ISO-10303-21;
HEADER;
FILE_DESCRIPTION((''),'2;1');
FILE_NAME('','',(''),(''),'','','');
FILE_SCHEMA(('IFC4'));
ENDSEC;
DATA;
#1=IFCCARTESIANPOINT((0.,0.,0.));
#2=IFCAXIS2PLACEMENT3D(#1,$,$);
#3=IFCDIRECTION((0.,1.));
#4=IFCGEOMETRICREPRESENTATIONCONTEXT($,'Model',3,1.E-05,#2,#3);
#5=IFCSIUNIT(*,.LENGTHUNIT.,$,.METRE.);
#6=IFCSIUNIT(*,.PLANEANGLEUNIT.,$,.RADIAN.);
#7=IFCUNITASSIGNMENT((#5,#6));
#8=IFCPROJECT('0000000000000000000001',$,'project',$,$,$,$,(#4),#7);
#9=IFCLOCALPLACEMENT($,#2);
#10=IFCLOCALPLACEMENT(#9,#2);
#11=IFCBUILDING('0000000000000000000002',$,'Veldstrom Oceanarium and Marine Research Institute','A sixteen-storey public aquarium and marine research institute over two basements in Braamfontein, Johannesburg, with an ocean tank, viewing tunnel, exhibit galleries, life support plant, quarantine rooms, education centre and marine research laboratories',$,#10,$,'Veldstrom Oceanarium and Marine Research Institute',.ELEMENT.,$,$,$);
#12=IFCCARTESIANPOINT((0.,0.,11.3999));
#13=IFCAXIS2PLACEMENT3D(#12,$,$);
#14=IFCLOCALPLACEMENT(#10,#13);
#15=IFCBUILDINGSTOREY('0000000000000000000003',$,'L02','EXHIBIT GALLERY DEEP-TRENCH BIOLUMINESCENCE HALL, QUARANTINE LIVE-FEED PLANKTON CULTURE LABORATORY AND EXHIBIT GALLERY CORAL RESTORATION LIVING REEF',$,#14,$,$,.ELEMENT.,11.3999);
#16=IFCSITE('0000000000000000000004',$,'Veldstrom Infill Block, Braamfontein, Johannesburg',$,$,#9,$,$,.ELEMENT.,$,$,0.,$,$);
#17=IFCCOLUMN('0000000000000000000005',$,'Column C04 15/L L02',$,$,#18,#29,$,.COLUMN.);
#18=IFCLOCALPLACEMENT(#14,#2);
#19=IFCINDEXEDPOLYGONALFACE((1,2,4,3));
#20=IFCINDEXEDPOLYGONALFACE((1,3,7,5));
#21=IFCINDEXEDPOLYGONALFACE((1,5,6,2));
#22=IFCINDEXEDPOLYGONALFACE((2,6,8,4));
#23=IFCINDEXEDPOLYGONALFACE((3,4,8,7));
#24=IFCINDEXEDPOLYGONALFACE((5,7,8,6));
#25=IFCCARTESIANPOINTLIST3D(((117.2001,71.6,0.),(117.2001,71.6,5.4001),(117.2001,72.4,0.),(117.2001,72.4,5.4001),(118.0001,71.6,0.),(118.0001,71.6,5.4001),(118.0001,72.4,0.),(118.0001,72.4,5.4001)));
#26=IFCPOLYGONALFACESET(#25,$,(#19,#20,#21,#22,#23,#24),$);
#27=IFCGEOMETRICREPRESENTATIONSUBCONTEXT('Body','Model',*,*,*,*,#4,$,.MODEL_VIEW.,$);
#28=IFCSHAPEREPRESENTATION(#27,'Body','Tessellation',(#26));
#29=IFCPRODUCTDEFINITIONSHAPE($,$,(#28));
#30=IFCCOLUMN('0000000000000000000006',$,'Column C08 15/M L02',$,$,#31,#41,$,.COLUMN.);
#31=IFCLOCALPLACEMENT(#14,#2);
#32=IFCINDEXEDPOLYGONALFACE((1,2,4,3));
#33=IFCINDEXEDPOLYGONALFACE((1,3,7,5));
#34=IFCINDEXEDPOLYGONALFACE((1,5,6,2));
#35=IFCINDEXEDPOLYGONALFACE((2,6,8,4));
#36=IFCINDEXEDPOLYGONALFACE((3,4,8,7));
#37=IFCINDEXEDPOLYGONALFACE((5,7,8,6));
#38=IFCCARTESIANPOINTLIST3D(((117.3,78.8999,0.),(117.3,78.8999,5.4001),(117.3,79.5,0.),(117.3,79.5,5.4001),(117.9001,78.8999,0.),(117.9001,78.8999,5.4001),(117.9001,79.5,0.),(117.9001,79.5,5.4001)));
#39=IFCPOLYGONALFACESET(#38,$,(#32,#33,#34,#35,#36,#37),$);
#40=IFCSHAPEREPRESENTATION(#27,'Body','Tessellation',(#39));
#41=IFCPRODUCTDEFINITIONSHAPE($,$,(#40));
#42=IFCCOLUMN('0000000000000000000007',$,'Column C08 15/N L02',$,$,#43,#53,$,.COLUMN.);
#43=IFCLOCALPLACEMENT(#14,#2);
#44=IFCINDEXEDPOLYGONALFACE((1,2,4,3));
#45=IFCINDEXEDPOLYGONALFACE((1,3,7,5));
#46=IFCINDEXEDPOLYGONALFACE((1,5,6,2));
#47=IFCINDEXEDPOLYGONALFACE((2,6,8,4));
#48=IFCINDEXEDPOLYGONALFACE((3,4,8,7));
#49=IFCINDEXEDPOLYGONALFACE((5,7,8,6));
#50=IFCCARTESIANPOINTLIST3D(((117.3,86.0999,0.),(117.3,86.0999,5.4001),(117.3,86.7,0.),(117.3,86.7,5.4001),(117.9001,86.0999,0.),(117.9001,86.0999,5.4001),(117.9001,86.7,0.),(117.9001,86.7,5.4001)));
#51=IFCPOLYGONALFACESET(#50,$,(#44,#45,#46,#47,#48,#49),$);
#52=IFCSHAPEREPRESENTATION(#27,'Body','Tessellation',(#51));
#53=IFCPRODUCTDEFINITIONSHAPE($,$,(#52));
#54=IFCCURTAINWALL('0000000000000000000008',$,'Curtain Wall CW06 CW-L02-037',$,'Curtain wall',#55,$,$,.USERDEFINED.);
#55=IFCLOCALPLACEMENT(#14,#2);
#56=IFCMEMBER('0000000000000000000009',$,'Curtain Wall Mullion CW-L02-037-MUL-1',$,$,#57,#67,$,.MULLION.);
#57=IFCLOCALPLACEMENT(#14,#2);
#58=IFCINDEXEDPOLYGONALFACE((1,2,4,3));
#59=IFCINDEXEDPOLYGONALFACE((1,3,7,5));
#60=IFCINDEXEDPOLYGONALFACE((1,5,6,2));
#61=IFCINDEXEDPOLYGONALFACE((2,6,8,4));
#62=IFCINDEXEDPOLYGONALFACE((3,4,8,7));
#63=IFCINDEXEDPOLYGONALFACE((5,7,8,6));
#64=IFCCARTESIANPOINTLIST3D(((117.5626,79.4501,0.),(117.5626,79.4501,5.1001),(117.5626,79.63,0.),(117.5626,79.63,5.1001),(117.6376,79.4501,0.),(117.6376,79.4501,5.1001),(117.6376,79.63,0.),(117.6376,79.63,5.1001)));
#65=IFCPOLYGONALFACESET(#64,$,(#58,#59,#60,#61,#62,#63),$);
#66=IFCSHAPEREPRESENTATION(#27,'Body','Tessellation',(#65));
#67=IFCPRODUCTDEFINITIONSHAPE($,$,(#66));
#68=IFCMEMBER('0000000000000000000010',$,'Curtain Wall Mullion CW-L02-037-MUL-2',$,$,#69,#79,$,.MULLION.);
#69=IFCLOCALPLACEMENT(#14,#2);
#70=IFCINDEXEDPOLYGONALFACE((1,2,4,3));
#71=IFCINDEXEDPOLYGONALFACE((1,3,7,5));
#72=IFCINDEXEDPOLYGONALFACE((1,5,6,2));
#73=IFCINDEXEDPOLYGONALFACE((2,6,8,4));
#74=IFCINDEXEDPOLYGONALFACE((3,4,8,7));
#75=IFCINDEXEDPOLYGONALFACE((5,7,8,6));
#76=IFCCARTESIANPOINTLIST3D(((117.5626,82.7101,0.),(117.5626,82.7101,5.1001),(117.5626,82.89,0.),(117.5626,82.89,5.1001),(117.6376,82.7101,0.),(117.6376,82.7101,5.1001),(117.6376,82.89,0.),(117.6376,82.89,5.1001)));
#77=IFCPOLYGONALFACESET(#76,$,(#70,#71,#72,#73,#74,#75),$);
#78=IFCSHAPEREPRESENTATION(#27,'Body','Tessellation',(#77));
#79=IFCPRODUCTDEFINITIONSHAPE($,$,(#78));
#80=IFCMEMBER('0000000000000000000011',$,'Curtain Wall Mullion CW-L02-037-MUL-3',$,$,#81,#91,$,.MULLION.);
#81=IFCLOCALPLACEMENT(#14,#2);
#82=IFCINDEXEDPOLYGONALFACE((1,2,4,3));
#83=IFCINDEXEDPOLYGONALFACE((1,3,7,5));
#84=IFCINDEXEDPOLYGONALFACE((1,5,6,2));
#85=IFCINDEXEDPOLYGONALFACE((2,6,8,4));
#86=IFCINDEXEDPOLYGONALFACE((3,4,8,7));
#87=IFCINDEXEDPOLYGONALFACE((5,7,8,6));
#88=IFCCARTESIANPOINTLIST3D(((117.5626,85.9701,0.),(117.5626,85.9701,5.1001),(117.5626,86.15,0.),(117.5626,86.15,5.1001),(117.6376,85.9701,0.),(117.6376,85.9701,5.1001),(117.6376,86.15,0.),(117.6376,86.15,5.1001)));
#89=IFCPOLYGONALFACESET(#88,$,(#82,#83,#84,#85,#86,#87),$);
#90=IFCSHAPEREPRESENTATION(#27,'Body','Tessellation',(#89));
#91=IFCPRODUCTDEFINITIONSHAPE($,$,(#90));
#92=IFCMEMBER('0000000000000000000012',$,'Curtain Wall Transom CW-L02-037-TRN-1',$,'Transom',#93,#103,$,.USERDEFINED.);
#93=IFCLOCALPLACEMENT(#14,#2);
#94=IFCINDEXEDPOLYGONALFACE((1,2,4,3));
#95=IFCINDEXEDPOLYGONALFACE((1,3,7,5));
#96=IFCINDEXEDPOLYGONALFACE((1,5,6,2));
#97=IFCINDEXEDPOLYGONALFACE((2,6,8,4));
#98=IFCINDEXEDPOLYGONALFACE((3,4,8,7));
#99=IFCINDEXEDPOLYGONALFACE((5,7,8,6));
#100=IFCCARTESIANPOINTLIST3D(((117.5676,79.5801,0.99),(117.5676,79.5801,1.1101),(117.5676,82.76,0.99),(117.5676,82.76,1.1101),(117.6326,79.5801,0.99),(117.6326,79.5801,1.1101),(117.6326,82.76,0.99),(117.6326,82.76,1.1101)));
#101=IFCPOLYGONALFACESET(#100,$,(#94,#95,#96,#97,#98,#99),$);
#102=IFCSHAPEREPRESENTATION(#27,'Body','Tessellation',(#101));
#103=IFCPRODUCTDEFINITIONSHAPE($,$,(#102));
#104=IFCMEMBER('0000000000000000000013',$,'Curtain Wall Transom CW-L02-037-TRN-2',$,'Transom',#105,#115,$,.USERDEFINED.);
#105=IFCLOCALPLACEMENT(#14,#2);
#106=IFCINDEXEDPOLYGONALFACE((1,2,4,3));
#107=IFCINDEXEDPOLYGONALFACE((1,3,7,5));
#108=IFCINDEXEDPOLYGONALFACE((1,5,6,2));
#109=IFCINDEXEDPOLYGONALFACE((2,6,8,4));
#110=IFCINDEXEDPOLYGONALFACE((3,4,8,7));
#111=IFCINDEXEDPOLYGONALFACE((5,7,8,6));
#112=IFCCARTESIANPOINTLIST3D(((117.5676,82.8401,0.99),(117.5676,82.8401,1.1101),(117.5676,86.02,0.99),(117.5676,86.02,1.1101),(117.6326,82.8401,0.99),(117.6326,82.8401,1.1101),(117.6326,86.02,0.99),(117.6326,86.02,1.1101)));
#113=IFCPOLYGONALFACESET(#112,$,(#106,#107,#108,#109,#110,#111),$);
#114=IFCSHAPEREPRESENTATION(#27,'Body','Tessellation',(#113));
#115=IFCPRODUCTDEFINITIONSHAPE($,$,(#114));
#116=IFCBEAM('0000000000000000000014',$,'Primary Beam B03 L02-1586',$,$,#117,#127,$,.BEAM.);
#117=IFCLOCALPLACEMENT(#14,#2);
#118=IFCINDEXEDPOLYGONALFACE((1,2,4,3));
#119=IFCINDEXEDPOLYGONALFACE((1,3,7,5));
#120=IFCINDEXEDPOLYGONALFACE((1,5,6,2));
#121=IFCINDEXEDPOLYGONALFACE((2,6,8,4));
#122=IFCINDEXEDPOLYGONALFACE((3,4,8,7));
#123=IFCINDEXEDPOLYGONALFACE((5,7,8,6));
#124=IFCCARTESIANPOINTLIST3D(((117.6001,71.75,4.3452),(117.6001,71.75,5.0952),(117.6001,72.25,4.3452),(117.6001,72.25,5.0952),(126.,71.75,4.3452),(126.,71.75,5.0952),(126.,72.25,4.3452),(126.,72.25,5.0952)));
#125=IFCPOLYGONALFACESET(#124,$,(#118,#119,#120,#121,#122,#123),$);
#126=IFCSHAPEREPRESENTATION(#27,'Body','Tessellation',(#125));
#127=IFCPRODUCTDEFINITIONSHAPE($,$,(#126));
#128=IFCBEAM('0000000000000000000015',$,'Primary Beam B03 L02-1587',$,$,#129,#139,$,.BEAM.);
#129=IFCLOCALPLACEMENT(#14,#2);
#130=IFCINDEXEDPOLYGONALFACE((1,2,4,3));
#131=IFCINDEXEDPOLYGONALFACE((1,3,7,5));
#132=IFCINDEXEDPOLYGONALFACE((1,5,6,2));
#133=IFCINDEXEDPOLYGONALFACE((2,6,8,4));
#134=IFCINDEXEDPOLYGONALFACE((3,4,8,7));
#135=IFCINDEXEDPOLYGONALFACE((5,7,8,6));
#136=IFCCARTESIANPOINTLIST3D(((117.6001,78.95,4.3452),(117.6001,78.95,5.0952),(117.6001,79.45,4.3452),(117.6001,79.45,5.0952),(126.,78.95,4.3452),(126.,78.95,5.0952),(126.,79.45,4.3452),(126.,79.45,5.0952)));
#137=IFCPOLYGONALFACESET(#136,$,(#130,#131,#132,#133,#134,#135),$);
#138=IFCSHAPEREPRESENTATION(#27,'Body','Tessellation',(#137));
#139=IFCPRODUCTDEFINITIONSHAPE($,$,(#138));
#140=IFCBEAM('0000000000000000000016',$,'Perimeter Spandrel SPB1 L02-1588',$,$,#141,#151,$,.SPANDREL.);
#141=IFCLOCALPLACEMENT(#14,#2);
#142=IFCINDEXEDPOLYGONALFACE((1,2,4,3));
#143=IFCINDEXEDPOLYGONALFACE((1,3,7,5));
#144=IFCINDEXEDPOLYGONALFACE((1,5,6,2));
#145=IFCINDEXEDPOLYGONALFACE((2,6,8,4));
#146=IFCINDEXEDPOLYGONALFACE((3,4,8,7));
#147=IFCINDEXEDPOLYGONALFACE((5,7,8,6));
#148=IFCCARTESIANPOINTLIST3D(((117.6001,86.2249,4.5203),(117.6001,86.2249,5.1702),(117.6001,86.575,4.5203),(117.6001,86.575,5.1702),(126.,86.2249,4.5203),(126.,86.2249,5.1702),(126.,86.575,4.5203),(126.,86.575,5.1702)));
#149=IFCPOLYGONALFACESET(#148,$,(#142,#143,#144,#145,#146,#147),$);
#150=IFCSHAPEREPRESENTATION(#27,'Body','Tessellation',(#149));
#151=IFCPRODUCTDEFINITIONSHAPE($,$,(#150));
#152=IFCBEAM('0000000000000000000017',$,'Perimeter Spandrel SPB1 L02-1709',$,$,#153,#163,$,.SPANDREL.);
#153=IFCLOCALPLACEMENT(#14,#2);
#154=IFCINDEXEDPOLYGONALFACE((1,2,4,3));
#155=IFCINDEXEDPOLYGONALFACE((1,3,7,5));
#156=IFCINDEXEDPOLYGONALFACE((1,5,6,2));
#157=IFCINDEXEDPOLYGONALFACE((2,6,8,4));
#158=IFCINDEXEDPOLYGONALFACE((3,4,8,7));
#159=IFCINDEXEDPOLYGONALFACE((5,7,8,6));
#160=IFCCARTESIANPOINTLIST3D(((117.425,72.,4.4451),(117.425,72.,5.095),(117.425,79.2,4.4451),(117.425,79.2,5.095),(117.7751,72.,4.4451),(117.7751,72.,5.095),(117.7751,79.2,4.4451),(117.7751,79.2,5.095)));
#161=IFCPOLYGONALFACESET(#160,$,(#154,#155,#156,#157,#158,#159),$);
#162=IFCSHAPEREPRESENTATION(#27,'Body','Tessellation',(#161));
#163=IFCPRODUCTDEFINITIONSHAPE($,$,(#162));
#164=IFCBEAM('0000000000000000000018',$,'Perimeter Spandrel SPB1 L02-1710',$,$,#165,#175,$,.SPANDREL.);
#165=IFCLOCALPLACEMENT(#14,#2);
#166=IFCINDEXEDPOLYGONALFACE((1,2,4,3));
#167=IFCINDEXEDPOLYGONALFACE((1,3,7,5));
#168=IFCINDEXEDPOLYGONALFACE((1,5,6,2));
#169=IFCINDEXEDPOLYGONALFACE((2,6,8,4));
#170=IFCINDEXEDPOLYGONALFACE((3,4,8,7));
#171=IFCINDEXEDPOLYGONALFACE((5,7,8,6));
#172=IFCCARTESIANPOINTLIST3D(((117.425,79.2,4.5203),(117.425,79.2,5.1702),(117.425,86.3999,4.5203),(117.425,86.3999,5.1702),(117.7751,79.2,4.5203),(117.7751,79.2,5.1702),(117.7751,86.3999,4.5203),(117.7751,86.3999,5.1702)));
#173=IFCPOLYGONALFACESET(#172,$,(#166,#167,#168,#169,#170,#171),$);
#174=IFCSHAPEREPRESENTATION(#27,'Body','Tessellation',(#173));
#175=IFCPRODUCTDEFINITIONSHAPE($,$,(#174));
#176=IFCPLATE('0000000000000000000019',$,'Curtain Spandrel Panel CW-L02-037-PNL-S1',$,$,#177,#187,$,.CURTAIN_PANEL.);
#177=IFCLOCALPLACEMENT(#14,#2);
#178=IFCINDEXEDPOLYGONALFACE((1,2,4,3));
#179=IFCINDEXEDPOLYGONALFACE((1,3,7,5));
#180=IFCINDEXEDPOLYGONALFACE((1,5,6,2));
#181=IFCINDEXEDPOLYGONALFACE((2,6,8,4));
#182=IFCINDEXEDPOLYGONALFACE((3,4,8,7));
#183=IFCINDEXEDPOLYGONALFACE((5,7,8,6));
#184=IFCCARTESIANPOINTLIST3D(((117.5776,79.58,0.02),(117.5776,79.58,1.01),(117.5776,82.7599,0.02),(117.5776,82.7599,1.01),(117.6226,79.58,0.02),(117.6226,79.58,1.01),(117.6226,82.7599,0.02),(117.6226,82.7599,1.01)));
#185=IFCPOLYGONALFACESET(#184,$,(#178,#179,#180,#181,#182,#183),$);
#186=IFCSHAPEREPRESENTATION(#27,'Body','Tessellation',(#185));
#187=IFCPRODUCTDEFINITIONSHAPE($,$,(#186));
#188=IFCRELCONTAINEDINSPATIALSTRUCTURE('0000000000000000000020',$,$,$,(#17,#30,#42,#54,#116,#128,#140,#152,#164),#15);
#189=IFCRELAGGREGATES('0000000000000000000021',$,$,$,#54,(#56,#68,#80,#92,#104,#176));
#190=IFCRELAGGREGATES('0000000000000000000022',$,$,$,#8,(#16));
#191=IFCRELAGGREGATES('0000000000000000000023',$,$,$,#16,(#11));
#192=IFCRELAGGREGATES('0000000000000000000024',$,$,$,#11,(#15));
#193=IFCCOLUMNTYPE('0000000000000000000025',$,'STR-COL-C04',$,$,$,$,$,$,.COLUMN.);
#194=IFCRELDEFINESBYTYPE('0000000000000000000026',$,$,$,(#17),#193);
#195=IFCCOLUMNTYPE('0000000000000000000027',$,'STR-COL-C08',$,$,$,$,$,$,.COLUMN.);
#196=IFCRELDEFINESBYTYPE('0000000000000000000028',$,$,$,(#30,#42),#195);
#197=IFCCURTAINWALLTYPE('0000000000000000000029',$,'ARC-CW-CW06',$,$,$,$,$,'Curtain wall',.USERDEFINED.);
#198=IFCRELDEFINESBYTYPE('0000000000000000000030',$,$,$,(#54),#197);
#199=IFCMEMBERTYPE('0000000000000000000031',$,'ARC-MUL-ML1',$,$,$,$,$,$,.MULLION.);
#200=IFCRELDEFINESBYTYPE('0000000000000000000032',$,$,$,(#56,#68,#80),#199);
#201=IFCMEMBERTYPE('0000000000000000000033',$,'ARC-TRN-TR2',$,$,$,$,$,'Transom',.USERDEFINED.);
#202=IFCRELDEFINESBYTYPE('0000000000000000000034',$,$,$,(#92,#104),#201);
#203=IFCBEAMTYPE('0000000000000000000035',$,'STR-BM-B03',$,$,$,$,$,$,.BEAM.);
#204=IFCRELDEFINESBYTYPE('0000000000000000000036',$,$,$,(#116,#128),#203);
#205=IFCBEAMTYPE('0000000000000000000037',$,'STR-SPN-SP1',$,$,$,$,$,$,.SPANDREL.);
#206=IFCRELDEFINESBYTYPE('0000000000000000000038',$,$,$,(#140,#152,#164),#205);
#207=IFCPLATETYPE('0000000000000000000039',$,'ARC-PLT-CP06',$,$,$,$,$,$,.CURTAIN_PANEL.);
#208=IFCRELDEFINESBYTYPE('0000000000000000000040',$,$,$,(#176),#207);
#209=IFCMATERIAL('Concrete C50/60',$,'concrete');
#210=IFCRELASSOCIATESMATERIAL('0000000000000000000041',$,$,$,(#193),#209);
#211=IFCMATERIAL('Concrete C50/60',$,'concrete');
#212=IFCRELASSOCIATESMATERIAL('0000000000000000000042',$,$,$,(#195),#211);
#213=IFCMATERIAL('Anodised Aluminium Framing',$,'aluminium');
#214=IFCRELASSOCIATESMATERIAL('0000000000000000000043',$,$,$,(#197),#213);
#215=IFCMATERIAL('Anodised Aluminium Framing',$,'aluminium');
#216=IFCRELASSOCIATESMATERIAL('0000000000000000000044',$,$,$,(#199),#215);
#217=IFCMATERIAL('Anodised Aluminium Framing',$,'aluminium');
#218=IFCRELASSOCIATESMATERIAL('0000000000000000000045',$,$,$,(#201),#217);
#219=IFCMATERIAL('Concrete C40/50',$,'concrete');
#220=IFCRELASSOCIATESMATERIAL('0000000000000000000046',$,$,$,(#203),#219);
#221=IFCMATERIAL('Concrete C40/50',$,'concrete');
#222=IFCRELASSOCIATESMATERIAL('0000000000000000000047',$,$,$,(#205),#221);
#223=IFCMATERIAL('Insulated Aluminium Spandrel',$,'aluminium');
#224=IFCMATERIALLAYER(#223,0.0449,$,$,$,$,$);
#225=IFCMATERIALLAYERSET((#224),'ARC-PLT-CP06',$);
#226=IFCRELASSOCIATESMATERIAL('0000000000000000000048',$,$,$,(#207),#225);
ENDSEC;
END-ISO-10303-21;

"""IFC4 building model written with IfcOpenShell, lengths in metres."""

from ifc_helpers import new_model, si_unit, direction, frame, origin, origin_2d, place, context, subcontext, project, spatial, rectangle, extrude, material, layer, layer_set, material_profile, profile_set, type_object, element, aggregate, save


model = new_model("IFC4")

# Units and contexts
model_context = context("Model", 3, precision=1e-05, world=origin(), true_north=direction((0.0, 1.0)))
body_context = subcontext(model_context, "Body", "Model", "MODEL_VIEW")
ifc_project = project(units=[si_unit("LENGTHUNIT", "METRE"), si_unit("PLANEANGLEUNIT", "RADIAN")], contexts=[model_context])

# Site, building, storey
site_placement = place(None, origin())
site = spatial("IfcSite", under=ifc_project, at=site_placement, Name="Veldstrom Infill Block, Braamfontein, Johannesburg", CompositionType="ELEMENT", RefElevation=0.0)
building_placement = place(site_placement, origin())
building = spatial("IfcBuilding", under=site, at=building_placement, Name="Veldstrom Oceanarium and Marine Research Institute", Description="A sixteen-storey public aquarium and marine research institute over two basements in Braamfontein, Johannesburg, with an ocean tank, viewing tunnel, exhibit galleries, life support plant, quarantine rooms, education centre and marine research laboratories", LongName="Veldstrom Oceanarium and Marine Research Institute", CompositionType="ELEMENT")
storey_placement = place(building_placement, frame((0.0, 0.0, 11.3999)))
storey = spatial("IfcBuildingStorey", under=building, at=storey_placement, Name="L02", Description="EXHIBIT GALLERY DEEP-TRENCH BIOLUMINESCENCE HALL, QUARANTINE LIVE-FEED PLANKTON CULTURE LABORATORY AND EXHIBIT GALLERY CORAL RESTORATION LIVING REEF", CompositionType="ELEMENT", Elevation=11.3999)

# Columns
ifc_material_1 = material(Name="Concrete C50/60", Category="concrete")
ifc_material_profile_1 = material_profile(ifc_material_1, rectangle(XDim=0.8, YDim=0.8, at=origin_2d()), Name="RC-COL-800x800")
ifc_profile_set_1 = profile_set([ifc_material_profile_1], Name="Concrete C50/60")
column_type_1 = type_object("IfcColumnType", Name="STR-COL-C04", PredefinedType="COLUMN", material=ifc_profile_set_1)
column_placement = place(storey_placement, frame((117.6001, 72.0, 0.0), z_axis=(0.0, 0.0, 1.0), x_axis=(1.0, 0.0, 0.0)))
element("IfcColumn", 1, at=column_placement, inside=storey, type_object=column_type_1, Name="Column C04 15/L L02", PredefinedType="COLUMN", context=body_context, shape_type="SweptSolid", body=[
    extrude(rectangle(XDim=0.8, YDim=0.8, at=origin_2d()), origin(), (0.0, 0.0, 1.0), 5.4001),
])
ifc_material_2 = material(Name="Concrete C50/60", Category="concrete")
ifc_material_profile_2 = material_profile(ifc_material_2, rectangle(XDim=0.6001, YDim=0.6001, at=origin_2d()), Name="RC-COL-600x600")
ifc_profile_set_2 = profile_set([ifc_material_profile_2], Name="Concrete C50/60")
column_type_2 = type_object("IfcColumnType", Name="STR-COL-C08", PredefinedType="COLUMN", material=ifc_profile_set_2)
for number, where, z_axis, x_axis, name in (
    (2, (117.6001, 79.2, 0.0), (0.0, 0.0, 1.0), (1.0, 0.0, 0.0), "Column C08 15/M L02"),
    (3, (117.6001, 86.3999, 0.0), (0.0, 0.0, 1.0), (1.0, 0.0, 0.0), "Column C08 15/N L02"),
):
    element("IfcColumn", number, at=place(storey_placement, frame(where, z_axis=z_axis, x_axis=x_axis)), inside=storey, type_object=column_type_2, Name=name, PredefinedType="COLUMN", context=body_context, shape_type="SweptSolid", body=[
        extrude(rectangle(XDim=0.6001, YDim=0.6001, at=origin_2d()), origin(), (0.0, 0.0, 1.0), 5.4001),
    ])

# Curtain wall, members
ifc_material_3 = material(Name="Anodised Aluminium Framing", Category="aluminium")
curtain_wall_type = type_object("IfcCurtainWallType", Name="ARC-CW-CW06", ElementType="Curtain wall", PredefinedType="USERDEFINED", material=ifc_material_3)
curtain_wall_placement = place(storey_placement, origin())
curtain_wall = element("IfcCurtainWall", 4, at=curtain_wall_placement, inside=storey, type_object=curtain_wall_type, Name="Curtain Wall CW06 CW-L02-037", ObjectType="Curtain wall", PredefinedType="USERDEFINED")
ifc_material_4 = material(Name="Anodised Aluminium Framing", Category="aluminium")
ifc_material_profile_3 = material_profile(ifc_material_4, rectangle(XDim=0.075, YDim=0.1799, at=origin_2d()), Name="ALU-MUL-75x180")
ifc_profile_set_3 = profile_set([ifc_material_profile_3], Name="Anodised Aluminium Framing")
member_type_1 = type_object("IfcMemberType", Name="ARC-MUL-ML1", PredefinedType="MULLION", material=ifc_profile_set_3)
member_1_placement = place(storey_placement, frame((117.6001, 79.54, 0.0), z_axis=(0.0, 0.0, 1.0), x_axis=(1.0, 0.0, 0.0)))
member_1 = element("IfcMember", 5, at=member_1_placement, type_object=member_type_1, Name="Curtain Wall Mullion CW-L02-037-MUL-1", PredefinedType="MULLION", context=body_context, shape_type="SweptSolid", body=[
    extrude(rectangle(XDim=0.075, YDim=0.1799, at=origin_2d()), origin(), (0.0, 0.0, 1.0), 5.1001),
])
member_2_placement = place(storey_placement, frame((117.6001, 82.8, 0.0), z_axis=(0.0, 0.0, 1.0), x_axis=(1.0, 0.0, 0.0)))
member_2 = element("IfcMember", 6, at=member_2_placement, type_object=member_type_1, Name="Curtain Wall Mullion CW-L02-037-MUL-2", PredefinedType="MULLION", context=body_context, shape_type="SweptSolid", body=[
    extrude(rectangle(XDim=0.075, YDim=0.1799, at=origin_2d()), origin(), (0.0, 0.0, 1.0), 5.1001),
])
member_3_placement = place(storey_placement, frame((117.6001, 86.0601, 0.0), z_axis=(0.0, 0.0, 1.0), x_axis=(1.0, 0.0, 0.0)))
member_3 = element("IfcMember", 7, at=member_3_placement, type_object=member_type_1, Name="Curtain Wall Mullion CW-L02-037-MUL-3", PredefinedType="MULLION", context=body_context, shape_type="SweptSolid", body=[
    extrude(rectangle(XDim=0.075, YDim=0.1799, at=origin_2d()), origin(), (0.0, 0.0, 1.0), 5.1001),
])
ifc_material_5 = material(Name="Anodised Aluminium Framing", Category="aluminium")
ifc_material_profile_4 = material_profile(ifc_material_5, rectangle(XDim=0.0649, YDim=0.1201, at=origin_2d()), Name="ALU-TRN-65x120")
ifc_profile_set_4 = profile_set([ifc_material_profile_4], Name="Anodised Aluminium Framing")
member_type_2 = type_object("IfcMemberType", Name="ARC-TRN-TR2", ElementType="Transom", PredefinedType="USERDEFINED", material=ifc_profile_set_4)
member_4_placement = place(storey_placement, frame((117.6001, 79.5801, 1.05), z_axis=(0.0, 1.0, 0.0), x_axis=(-1.0, 0.0, 0.0)))
member_4 = element("IfcMember", 8, at=member_4_placement, type_object=member_type_2, Name="Curtain Wall Transom CW-L02-037-TRN-1", ObjectType="Transom", PredefinedType="USERDEFINED", context=body_context, shape_type="SweptSolid", body=[
    extrude(rectangle(XDim=0.0649, YDim=0.1201, at=origin_2d()), origin(), (0.0, 0.0, 1.0), 3.1799),
])
member_5_placement = place(storey_placement, frame((117.6001, 82.8401, 1.05), z_axis=(0.0, 1.0, 0.0), x_axis=(-1.0, 0.0, 0.0)))
member_5 = element("IfcMember", 9, at=member_5_placement, type_object=member_type_2, Name="Curtain Wall Transom CW-L02-037-TRN-2", ObjectType="Transom", PredefinedType="USERDEFINED", context=body_context, shape_type="SweptSolid", body=[
    extrude(rectangle(XDim=0.0649, YDim=0.1201, at=origin_2d()), origin(), (0.0, 0.0, 1.0), 3.1799),
])

# Beams
ifc_material_6 = material(Name="Concrete C40/50", Category="concrete")
ifc_material_profile_5 = material_profile(ifc_material_6, rectangle(XDim=0.5, YDim=0.75, at=origin_2d()), Name="RC-BM-500x750")
ifc_profile_set_5 = profile_set([ifc_material_profile_5], Name="Concrete C40/50")
beam_type_1 = type_object("IfcBeamType", Name="STR-BM-B03", PredefinedType="BEAM", material=ifc_profile_set_5)
for number, where, z_axis, x_axis, name in (
    (10, (117.6001, 72.0, 4.7202), (1.0, 0.0, 0.0), (0.0, 1.0, 0.0), "Primary Beam B03 L02-1586"),
    (11, (117.6001, 79.2, 4.7202), (1.0, 0.0, 0.0), (0.0, 1.0, 0.0), "Primary Beam B03 L02-1587"),
):
    element("IfcBeam", number, at=place(storey_placement, frame(where, z_axis=z_axis, x_axis=x_axis)), inside=storey, type_object=beam_type_1, Name=name, PredefinedType="BEAM", context=body_context, shape_type="SweptSolid", body=[
        extrude(rectangle(XDim=0.5, YDim=0.75, at=origin_2d()), origin(), (0.0, 0.0, 1.0), 8.3999),
    ])
ifc_material_7 = material(Name="Concrete C40/50", Category="concrete")
ifc_material_profile_6 = material_profile(ifc_material_7, rectangle(XDim=0.3501, YDim=0.6499, at=origin_2d()), Name="RC-SPN-350x650")
ifc_profile_set_6 = profile_set([ifc_material_profile_6], Name="Concrete C40/50")
beam_type_2 = type_object("IfcBeamType", Name="STR-SPN-SP1", PredefinedType="SPANDREL", material=ifc_profile_set_6)
beam_placement = place(storey_placement, frame((117.6001, 86.3999, 4.8452), z_axis=(1.0, 0.0, 0.0), x_axis=(0.0, 1.0, 0.0)))
element("IfcBeam", 12, at=beam_placement, inside=storey, type_object=beam_type_2, Name="Perimeter Spandrel SPB1 L02-1588", PredefinedType="SPANDREL", context=body_context, shape_type="SweptSolid", body=[
    extrude(rectangle(XDim=0.3501, YDim=0.6499, at=origin_2d()), origin(), (0.0, 0.0, 1.0), 8.3999),
])
for number, where, z_axis, x_axis, name in (
    (13, (117.6001, 72.0, 4.77), (0.0, 1.0, 0.0), (-1.0, 0.0, 0.0), "Perimeter Spandrel SPB1 L02-1709"),
    (14, (117.6001, 79.2, 4.8452), (0.0, 1.0, 0.0), (-1.0, 0.0, 0.0), "Perimeter Spandrel SPB1 L02-1710"),
):
    element("IfcBeam", number, at=place(storey_placement, frame(where, z_axis=z_axis, x_axis=x_axis)), inside=storey, type_object=beam_type_2, Name=name, PredefinedType="SPANDREL", context=body_context, shape_type="SweptSolid", body=[
        extrude(rectangle(XDim=0.3501, YDim=0.6499, at=origin_2d()), origin(), (0.0, 0.0, 1.0), 7.2),
    ])

# Plate
ifc_material_8 = material(Name="Insulated Aluminium Spandrel", Category="aluminium")
ifc_layer_1 = layer(ifc_material_8, 0.0449)
ifc_layer_set_1 = layer_set([ifc_layer_1], Name="ARC-PLT-CP06")
plate_type_1 = type_object("IfcPlateType", Name="ARC-PLT-CP06", PredefinedType="CURTAIN_PANEL", material=ifc_layer_set_1)
plate_1_placement = place(storey_placement, frame((117.6001, 81.1699, 0.02), z_axis=(0.0, 0.0, 1.0), x_axis=(0.0, 1.0, 0.0)))
plate_1 = element("IfcPlate", 15, at=plate_1_placement, type_object=plate_type_1, Name="Curtain Spandrel Panel CW-L02-037-PNL-S1", PredefinedType="CURTAIN_PANEL", context=body_context, shape_type="SweptSolid", body=[
    extrude(rectangle(XDim=3.1799, YDim=0.0449, at=origin_2d()), origin(), (0.0, 0.0, 1.0), 0.99),
])
aggregate(curtain_wall, [member_1, member_2, member_3, member_4, member_5, plate_1])

save(model, "model.ifc")
